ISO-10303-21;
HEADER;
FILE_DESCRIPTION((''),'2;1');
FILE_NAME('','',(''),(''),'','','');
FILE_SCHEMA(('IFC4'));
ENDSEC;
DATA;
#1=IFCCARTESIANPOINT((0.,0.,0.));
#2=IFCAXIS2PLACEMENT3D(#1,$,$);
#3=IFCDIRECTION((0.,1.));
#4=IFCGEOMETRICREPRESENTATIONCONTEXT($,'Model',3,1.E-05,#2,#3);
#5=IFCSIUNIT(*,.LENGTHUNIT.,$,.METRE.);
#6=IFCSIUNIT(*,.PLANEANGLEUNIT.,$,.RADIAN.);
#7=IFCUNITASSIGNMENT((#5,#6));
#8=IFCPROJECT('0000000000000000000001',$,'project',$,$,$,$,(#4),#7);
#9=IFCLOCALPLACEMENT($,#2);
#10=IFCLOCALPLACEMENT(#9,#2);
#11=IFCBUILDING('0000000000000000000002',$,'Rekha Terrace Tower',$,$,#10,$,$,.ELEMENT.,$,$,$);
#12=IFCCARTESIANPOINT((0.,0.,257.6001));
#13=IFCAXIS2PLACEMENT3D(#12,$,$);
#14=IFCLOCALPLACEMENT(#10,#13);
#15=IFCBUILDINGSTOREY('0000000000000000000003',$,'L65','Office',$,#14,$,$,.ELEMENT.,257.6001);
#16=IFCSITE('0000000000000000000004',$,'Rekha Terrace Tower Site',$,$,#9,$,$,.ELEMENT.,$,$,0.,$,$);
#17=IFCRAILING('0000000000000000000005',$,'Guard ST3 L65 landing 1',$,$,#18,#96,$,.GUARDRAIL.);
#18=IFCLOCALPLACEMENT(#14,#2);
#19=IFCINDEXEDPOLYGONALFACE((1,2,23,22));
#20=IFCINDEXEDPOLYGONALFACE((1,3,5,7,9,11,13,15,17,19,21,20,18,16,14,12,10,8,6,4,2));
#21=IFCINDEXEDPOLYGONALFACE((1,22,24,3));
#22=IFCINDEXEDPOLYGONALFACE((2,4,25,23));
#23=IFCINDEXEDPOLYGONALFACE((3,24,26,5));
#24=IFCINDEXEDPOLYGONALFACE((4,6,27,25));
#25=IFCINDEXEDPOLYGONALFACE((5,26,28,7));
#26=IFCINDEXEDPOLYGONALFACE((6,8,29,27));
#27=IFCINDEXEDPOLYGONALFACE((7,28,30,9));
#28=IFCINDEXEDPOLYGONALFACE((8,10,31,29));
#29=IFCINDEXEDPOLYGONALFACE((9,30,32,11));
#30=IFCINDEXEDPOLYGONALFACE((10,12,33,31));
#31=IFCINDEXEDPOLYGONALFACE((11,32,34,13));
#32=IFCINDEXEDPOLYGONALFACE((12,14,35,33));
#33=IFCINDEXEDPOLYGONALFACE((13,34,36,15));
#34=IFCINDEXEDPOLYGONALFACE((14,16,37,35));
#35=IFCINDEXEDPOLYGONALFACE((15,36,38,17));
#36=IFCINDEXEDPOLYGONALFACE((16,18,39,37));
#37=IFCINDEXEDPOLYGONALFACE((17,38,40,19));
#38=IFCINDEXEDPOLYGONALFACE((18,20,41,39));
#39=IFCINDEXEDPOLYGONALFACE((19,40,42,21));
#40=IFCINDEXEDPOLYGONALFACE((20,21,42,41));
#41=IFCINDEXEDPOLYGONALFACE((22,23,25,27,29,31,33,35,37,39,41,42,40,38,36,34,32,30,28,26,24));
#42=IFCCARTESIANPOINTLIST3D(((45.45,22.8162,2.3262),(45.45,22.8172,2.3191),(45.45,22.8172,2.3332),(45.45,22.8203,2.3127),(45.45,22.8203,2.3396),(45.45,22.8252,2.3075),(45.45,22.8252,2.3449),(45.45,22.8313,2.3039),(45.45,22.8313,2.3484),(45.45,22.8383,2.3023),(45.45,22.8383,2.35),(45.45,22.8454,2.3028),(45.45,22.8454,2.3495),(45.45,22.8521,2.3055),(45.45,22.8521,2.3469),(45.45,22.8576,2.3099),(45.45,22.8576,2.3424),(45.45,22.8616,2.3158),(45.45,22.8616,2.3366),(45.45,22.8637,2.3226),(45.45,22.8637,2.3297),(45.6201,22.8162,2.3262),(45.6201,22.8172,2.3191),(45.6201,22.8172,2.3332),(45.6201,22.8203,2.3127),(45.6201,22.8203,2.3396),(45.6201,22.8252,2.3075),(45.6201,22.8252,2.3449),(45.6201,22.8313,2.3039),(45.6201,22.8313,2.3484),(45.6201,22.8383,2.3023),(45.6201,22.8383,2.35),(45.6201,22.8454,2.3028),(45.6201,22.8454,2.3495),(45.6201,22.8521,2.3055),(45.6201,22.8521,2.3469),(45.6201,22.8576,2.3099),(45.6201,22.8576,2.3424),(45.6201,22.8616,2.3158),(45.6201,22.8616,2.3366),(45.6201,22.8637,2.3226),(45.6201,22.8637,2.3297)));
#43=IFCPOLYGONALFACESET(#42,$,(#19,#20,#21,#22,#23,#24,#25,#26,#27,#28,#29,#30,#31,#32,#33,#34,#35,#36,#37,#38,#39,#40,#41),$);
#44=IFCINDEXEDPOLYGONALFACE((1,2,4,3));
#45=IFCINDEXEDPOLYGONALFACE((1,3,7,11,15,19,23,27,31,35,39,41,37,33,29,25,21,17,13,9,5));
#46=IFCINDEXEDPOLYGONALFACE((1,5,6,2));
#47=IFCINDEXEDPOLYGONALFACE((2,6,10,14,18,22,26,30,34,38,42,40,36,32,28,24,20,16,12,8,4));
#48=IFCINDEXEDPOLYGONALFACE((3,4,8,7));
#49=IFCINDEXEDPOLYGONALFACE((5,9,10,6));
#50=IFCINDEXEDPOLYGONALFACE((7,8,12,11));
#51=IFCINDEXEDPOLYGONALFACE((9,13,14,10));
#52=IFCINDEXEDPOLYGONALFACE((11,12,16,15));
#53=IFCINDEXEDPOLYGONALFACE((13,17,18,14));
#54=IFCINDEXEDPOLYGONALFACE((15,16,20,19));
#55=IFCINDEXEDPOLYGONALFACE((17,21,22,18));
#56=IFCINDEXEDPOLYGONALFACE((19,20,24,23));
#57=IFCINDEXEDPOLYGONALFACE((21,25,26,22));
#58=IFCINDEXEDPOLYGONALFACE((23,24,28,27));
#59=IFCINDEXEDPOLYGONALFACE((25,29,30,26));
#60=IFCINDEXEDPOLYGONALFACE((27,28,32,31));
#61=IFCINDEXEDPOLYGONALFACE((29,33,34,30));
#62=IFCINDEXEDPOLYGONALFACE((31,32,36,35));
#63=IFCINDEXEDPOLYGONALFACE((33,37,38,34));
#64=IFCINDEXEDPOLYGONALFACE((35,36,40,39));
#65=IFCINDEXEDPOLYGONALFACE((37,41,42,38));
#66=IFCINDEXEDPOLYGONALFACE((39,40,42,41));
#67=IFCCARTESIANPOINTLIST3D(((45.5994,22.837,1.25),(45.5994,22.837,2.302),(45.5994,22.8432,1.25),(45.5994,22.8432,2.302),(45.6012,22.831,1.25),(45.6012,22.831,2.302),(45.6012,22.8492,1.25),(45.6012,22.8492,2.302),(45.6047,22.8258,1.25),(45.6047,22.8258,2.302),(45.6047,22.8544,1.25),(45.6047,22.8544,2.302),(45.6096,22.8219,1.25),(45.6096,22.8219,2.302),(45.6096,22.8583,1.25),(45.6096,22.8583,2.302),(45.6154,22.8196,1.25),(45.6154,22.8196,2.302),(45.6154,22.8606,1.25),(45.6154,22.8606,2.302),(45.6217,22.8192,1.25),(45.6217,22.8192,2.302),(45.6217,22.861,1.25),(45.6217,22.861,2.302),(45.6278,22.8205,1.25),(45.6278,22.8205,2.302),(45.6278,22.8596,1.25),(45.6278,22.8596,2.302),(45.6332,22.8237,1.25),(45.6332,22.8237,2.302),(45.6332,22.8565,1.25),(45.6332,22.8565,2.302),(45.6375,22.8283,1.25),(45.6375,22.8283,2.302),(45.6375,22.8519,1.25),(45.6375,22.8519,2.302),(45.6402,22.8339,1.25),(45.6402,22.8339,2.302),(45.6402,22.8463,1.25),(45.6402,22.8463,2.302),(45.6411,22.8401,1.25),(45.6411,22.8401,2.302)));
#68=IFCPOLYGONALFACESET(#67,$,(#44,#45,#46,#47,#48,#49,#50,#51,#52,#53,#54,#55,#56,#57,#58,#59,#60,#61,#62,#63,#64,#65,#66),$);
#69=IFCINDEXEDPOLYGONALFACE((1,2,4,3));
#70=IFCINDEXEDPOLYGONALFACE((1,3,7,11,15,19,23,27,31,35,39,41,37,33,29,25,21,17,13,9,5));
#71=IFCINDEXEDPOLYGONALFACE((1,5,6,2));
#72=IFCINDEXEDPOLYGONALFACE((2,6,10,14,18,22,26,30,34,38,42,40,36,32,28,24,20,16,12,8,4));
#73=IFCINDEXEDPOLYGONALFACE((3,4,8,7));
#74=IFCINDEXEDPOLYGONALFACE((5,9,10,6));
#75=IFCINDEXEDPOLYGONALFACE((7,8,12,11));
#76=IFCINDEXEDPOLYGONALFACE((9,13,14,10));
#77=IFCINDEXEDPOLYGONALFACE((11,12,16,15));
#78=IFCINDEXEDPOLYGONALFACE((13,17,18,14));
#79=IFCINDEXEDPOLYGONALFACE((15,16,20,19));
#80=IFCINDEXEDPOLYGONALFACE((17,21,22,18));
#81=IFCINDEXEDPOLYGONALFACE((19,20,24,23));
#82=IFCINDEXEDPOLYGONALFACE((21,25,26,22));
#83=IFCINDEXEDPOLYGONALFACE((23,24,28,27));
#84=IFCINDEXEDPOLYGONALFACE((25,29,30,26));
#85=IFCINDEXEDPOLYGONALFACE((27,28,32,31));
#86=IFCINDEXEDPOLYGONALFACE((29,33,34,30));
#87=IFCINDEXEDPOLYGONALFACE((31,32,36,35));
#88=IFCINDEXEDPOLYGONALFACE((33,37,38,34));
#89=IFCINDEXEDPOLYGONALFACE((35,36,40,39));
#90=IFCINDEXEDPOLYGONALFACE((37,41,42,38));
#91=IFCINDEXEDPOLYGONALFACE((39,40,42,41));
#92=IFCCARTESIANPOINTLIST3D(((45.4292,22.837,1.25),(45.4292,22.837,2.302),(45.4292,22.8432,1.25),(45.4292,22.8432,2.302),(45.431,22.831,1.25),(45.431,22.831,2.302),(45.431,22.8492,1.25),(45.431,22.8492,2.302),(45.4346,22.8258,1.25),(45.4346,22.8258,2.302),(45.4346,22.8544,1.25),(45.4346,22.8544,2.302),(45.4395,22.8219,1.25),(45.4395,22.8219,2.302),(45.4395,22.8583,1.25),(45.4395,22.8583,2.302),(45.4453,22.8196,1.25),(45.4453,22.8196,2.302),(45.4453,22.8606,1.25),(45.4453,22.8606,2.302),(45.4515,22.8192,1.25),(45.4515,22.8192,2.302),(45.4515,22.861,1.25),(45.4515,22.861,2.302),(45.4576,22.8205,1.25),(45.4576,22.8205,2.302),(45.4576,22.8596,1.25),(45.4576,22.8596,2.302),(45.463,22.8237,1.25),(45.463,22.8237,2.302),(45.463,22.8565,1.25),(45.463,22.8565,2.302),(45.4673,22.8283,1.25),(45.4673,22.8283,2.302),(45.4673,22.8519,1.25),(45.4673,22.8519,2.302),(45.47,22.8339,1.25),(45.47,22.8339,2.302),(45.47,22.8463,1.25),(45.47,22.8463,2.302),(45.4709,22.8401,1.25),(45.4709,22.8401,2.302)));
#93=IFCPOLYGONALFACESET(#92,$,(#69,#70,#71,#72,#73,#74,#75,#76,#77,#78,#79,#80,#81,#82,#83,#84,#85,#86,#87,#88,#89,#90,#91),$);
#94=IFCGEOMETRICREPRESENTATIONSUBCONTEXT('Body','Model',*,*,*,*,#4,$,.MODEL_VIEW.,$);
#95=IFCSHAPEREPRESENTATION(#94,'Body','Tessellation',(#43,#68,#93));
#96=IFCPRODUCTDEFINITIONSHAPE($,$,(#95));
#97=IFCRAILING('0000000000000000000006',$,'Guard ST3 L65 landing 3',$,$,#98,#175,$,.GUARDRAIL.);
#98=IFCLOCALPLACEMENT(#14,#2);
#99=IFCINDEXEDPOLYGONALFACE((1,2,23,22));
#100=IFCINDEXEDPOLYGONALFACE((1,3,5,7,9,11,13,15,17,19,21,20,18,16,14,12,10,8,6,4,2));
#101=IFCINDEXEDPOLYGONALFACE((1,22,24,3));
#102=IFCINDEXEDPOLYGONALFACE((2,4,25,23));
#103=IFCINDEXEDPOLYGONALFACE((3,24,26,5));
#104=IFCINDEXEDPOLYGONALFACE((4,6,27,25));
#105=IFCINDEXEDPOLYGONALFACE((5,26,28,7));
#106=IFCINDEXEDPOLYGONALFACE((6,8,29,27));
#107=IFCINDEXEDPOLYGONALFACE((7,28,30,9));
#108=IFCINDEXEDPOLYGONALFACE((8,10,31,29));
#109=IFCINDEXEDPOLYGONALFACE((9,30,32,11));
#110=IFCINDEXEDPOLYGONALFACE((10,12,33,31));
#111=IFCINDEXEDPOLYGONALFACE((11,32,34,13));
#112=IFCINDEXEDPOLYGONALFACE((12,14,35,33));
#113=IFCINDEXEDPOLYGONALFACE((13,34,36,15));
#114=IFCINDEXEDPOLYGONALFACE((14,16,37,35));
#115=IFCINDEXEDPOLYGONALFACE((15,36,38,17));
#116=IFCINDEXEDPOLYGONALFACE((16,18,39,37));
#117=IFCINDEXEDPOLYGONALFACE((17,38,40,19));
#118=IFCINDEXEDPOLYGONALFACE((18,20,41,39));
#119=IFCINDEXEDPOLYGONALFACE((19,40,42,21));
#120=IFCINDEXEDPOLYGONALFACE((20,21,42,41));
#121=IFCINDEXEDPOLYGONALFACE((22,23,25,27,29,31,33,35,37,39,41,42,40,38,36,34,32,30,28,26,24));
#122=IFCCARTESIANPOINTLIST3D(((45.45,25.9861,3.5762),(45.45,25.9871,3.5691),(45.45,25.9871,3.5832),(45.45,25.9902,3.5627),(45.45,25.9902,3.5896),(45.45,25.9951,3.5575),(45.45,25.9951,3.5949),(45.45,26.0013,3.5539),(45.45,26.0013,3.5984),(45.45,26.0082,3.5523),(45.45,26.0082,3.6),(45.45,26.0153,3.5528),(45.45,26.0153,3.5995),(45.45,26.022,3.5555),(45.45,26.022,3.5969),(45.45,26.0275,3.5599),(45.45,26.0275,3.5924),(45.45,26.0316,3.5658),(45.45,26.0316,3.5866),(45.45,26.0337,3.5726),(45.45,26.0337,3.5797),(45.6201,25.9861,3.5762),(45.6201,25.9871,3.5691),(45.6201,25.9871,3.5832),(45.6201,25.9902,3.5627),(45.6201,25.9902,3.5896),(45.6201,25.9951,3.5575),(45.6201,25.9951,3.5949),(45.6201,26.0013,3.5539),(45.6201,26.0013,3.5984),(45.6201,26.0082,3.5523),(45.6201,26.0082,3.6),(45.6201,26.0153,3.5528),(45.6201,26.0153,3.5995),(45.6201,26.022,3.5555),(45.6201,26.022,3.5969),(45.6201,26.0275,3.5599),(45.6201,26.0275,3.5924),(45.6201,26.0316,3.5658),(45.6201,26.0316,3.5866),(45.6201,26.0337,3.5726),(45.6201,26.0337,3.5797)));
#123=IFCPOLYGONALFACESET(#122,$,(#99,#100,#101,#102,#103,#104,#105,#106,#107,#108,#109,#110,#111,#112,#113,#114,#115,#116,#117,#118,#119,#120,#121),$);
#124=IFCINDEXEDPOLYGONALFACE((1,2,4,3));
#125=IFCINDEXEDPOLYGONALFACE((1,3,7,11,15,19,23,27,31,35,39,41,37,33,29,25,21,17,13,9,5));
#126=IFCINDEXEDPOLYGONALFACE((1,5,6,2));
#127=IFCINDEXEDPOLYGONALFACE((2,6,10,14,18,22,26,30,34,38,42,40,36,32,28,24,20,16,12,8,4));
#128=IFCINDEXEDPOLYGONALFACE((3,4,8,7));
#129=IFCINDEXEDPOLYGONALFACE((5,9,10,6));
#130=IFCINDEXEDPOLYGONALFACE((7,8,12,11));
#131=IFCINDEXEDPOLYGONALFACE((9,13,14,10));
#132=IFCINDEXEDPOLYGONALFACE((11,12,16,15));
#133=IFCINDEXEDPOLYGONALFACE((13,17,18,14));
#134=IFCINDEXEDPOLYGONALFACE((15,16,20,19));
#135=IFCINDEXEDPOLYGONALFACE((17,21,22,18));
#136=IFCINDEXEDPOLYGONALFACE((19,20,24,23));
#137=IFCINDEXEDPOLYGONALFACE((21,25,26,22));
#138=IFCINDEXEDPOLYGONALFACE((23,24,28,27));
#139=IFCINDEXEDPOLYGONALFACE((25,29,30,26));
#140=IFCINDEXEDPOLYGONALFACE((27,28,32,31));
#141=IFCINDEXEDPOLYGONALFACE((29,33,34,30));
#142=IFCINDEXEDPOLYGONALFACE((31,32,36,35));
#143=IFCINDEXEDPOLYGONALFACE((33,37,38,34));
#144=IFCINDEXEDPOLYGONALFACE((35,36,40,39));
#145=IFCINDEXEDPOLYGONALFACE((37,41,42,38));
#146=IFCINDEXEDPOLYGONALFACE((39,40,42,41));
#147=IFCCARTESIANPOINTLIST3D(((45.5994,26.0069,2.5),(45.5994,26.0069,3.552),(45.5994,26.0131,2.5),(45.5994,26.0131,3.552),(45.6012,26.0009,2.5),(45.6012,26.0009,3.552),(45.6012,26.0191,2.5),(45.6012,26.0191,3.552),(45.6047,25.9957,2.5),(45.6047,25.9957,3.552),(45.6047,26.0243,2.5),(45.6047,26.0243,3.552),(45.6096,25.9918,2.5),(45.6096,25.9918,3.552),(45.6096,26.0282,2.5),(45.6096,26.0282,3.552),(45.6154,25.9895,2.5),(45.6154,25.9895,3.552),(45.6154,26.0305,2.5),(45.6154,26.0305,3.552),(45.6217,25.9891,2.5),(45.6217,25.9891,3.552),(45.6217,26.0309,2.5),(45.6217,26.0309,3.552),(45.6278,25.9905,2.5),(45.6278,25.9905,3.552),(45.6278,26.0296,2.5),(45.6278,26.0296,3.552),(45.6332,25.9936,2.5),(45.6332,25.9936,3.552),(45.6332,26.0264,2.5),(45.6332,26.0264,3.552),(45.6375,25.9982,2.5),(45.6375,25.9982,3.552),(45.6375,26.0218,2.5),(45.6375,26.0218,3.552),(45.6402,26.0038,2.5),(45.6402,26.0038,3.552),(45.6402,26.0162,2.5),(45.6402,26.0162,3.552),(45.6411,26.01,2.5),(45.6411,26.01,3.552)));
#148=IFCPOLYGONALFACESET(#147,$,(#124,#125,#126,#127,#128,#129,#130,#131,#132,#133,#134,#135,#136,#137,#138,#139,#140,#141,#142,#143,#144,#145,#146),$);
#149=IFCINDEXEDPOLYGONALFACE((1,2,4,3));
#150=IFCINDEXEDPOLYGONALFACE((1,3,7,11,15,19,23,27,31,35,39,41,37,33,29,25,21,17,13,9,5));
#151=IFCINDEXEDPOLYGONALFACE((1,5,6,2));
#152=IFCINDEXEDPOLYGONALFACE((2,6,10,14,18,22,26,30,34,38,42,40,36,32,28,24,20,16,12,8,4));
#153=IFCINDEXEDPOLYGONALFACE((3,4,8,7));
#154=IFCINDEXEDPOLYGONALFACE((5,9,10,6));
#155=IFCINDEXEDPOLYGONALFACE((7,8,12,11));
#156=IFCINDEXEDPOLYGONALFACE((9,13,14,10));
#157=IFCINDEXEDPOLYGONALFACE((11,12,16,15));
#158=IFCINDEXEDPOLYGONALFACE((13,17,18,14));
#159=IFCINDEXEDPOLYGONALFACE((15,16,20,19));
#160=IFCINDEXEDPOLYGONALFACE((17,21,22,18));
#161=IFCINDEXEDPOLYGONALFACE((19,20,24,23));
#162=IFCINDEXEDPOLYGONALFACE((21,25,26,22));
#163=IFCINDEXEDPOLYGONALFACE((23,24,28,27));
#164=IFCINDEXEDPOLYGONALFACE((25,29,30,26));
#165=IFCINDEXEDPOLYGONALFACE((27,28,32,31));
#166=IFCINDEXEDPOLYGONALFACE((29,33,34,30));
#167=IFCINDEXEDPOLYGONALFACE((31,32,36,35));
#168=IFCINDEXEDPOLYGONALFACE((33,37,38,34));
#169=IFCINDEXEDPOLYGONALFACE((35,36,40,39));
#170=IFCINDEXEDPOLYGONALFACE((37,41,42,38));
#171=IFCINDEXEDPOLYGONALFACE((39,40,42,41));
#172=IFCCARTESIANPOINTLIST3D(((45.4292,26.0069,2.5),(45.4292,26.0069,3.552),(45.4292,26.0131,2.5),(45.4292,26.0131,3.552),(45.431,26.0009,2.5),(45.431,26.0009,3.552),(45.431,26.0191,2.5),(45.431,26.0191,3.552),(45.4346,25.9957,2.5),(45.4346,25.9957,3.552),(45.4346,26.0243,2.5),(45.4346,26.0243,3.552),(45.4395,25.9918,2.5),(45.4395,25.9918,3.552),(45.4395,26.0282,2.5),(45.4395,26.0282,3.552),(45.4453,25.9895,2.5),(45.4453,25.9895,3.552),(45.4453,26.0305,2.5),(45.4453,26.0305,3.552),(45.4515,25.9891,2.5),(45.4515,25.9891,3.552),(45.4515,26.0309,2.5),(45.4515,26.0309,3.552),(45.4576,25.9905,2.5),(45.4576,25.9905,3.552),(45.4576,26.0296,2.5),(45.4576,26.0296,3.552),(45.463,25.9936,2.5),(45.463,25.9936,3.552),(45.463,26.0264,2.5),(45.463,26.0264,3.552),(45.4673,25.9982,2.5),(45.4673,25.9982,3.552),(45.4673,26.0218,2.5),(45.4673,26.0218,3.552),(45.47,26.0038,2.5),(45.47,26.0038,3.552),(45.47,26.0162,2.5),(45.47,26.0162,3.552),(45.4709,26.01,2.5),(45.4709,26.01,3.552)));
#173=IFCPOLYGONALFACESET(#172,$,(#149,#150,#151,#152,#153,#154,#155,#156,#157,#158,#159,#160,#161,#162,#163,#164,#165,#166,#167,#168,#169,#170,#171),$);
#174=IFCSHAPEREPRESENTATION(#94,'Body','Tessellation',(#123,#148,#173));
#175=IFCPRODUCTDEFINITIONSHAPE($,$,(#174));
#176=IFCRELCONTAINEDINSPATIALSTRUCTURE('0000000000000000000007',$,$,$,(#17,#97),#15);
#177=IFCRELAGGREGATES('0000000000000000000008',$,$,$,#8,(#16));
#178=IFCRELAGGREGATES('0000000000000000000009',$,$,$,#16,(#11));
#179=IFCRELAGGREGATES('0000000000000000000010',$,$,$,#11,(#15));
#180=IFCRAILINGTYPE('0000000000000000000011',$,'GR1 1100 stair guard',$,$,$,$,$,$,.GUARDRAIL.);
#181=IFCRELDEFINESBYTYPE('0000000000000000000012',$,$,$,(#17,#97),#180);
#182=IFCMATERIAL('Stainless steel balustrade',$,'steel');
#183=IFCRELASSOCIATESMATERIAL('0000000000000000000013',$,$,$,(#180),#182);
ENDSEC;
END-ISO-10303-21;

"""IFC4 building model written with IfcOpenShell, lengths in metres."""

from ifc_helpers import new_model, si_unit, direction, frame, origin, origin_2d, place, context, subcontext, project, spatial, circle, extrude, material, type_object, element, save


model = new_model("IFC4")

# Units and contexts
model_context = context("Model", 3, precision=1e-05, world=origin(), true_north=direction((0.0, 1.0)))
body_context = subcontext(model_context, "Body", "Model", "MODEL_VIEW")
ifc_project = project(units=[si_unit("LENGTHUNIT", "METRE"), si_unit("PLANEANGLEUNIT", "RADIAN")], contexts=[model_context])

# Site, building, storey
site_placement = place(None, origin())
site = spatial("IfcSite", under=ifc_project, at=site_placement, Name="Rekha Terrace Tower Site", CompositionType="ELEMENT", RefElevation=0.0)
building_placement = place(site_placement, origin())
building = spatial("IfcBuilding", under=site, at=building_placement, Name="Rekha Terrace Tower", CompositionType="ELEMENT")
storey_placement = place(building_placement, frame((0.0, 0.0, 257.6001)))
storey = spatial("IfcBuildingStorey", under=building, at=storey_placement, Name="L65", Description="Office", CompositionType="ELEMENT", Elevation=257.6001)

# Railings
ifc_material_1 = material(Name="Stainless steel balustrade", Category="steel")
railing_type_1 = type_object("IfcRailingType", Name="GR1 1100 stair guard", PredefinedType="GUARDRAIL", material=ifc_material_1)
for number, where, name in (
    (1, (45.6201, 22.8401, 1.25), "Guard ST3 L65 landing 1"),
    (2, (45.6201, 26.01, 2.5), "Guard ST3 L65 landing 3"),
):
    element("IfcRailing", number, at=place(storey_placement, frame(where)), inside=storey, type_object=railing_type_1, Name=name, PredefinedType="GUARDRAIL", context=body_context, shape_type="SweptSolid", body=[
        extrude(circle(Radius=0.0239, at=origin_2d()), frame((0.0, 0.0, 1.0762), z_axis=(-1.0, 0.0, 0.0), x_axis=(0.0, -1.0, 0.0)), (0.0, 0.0, 1.0), 0.1702),
        extrude(circle(Radius=0.021, at=origin_2d()), origin(), (0.0, 0.0, 1.0), 1.052),
        extrude(circle(Radius=0.021, at=origin_2d()), frame((-0.1702, 0.0, 0.0)), (0.0, 0.0, 1.0), 1.052),
    ])

save(model, "model.ifc")
